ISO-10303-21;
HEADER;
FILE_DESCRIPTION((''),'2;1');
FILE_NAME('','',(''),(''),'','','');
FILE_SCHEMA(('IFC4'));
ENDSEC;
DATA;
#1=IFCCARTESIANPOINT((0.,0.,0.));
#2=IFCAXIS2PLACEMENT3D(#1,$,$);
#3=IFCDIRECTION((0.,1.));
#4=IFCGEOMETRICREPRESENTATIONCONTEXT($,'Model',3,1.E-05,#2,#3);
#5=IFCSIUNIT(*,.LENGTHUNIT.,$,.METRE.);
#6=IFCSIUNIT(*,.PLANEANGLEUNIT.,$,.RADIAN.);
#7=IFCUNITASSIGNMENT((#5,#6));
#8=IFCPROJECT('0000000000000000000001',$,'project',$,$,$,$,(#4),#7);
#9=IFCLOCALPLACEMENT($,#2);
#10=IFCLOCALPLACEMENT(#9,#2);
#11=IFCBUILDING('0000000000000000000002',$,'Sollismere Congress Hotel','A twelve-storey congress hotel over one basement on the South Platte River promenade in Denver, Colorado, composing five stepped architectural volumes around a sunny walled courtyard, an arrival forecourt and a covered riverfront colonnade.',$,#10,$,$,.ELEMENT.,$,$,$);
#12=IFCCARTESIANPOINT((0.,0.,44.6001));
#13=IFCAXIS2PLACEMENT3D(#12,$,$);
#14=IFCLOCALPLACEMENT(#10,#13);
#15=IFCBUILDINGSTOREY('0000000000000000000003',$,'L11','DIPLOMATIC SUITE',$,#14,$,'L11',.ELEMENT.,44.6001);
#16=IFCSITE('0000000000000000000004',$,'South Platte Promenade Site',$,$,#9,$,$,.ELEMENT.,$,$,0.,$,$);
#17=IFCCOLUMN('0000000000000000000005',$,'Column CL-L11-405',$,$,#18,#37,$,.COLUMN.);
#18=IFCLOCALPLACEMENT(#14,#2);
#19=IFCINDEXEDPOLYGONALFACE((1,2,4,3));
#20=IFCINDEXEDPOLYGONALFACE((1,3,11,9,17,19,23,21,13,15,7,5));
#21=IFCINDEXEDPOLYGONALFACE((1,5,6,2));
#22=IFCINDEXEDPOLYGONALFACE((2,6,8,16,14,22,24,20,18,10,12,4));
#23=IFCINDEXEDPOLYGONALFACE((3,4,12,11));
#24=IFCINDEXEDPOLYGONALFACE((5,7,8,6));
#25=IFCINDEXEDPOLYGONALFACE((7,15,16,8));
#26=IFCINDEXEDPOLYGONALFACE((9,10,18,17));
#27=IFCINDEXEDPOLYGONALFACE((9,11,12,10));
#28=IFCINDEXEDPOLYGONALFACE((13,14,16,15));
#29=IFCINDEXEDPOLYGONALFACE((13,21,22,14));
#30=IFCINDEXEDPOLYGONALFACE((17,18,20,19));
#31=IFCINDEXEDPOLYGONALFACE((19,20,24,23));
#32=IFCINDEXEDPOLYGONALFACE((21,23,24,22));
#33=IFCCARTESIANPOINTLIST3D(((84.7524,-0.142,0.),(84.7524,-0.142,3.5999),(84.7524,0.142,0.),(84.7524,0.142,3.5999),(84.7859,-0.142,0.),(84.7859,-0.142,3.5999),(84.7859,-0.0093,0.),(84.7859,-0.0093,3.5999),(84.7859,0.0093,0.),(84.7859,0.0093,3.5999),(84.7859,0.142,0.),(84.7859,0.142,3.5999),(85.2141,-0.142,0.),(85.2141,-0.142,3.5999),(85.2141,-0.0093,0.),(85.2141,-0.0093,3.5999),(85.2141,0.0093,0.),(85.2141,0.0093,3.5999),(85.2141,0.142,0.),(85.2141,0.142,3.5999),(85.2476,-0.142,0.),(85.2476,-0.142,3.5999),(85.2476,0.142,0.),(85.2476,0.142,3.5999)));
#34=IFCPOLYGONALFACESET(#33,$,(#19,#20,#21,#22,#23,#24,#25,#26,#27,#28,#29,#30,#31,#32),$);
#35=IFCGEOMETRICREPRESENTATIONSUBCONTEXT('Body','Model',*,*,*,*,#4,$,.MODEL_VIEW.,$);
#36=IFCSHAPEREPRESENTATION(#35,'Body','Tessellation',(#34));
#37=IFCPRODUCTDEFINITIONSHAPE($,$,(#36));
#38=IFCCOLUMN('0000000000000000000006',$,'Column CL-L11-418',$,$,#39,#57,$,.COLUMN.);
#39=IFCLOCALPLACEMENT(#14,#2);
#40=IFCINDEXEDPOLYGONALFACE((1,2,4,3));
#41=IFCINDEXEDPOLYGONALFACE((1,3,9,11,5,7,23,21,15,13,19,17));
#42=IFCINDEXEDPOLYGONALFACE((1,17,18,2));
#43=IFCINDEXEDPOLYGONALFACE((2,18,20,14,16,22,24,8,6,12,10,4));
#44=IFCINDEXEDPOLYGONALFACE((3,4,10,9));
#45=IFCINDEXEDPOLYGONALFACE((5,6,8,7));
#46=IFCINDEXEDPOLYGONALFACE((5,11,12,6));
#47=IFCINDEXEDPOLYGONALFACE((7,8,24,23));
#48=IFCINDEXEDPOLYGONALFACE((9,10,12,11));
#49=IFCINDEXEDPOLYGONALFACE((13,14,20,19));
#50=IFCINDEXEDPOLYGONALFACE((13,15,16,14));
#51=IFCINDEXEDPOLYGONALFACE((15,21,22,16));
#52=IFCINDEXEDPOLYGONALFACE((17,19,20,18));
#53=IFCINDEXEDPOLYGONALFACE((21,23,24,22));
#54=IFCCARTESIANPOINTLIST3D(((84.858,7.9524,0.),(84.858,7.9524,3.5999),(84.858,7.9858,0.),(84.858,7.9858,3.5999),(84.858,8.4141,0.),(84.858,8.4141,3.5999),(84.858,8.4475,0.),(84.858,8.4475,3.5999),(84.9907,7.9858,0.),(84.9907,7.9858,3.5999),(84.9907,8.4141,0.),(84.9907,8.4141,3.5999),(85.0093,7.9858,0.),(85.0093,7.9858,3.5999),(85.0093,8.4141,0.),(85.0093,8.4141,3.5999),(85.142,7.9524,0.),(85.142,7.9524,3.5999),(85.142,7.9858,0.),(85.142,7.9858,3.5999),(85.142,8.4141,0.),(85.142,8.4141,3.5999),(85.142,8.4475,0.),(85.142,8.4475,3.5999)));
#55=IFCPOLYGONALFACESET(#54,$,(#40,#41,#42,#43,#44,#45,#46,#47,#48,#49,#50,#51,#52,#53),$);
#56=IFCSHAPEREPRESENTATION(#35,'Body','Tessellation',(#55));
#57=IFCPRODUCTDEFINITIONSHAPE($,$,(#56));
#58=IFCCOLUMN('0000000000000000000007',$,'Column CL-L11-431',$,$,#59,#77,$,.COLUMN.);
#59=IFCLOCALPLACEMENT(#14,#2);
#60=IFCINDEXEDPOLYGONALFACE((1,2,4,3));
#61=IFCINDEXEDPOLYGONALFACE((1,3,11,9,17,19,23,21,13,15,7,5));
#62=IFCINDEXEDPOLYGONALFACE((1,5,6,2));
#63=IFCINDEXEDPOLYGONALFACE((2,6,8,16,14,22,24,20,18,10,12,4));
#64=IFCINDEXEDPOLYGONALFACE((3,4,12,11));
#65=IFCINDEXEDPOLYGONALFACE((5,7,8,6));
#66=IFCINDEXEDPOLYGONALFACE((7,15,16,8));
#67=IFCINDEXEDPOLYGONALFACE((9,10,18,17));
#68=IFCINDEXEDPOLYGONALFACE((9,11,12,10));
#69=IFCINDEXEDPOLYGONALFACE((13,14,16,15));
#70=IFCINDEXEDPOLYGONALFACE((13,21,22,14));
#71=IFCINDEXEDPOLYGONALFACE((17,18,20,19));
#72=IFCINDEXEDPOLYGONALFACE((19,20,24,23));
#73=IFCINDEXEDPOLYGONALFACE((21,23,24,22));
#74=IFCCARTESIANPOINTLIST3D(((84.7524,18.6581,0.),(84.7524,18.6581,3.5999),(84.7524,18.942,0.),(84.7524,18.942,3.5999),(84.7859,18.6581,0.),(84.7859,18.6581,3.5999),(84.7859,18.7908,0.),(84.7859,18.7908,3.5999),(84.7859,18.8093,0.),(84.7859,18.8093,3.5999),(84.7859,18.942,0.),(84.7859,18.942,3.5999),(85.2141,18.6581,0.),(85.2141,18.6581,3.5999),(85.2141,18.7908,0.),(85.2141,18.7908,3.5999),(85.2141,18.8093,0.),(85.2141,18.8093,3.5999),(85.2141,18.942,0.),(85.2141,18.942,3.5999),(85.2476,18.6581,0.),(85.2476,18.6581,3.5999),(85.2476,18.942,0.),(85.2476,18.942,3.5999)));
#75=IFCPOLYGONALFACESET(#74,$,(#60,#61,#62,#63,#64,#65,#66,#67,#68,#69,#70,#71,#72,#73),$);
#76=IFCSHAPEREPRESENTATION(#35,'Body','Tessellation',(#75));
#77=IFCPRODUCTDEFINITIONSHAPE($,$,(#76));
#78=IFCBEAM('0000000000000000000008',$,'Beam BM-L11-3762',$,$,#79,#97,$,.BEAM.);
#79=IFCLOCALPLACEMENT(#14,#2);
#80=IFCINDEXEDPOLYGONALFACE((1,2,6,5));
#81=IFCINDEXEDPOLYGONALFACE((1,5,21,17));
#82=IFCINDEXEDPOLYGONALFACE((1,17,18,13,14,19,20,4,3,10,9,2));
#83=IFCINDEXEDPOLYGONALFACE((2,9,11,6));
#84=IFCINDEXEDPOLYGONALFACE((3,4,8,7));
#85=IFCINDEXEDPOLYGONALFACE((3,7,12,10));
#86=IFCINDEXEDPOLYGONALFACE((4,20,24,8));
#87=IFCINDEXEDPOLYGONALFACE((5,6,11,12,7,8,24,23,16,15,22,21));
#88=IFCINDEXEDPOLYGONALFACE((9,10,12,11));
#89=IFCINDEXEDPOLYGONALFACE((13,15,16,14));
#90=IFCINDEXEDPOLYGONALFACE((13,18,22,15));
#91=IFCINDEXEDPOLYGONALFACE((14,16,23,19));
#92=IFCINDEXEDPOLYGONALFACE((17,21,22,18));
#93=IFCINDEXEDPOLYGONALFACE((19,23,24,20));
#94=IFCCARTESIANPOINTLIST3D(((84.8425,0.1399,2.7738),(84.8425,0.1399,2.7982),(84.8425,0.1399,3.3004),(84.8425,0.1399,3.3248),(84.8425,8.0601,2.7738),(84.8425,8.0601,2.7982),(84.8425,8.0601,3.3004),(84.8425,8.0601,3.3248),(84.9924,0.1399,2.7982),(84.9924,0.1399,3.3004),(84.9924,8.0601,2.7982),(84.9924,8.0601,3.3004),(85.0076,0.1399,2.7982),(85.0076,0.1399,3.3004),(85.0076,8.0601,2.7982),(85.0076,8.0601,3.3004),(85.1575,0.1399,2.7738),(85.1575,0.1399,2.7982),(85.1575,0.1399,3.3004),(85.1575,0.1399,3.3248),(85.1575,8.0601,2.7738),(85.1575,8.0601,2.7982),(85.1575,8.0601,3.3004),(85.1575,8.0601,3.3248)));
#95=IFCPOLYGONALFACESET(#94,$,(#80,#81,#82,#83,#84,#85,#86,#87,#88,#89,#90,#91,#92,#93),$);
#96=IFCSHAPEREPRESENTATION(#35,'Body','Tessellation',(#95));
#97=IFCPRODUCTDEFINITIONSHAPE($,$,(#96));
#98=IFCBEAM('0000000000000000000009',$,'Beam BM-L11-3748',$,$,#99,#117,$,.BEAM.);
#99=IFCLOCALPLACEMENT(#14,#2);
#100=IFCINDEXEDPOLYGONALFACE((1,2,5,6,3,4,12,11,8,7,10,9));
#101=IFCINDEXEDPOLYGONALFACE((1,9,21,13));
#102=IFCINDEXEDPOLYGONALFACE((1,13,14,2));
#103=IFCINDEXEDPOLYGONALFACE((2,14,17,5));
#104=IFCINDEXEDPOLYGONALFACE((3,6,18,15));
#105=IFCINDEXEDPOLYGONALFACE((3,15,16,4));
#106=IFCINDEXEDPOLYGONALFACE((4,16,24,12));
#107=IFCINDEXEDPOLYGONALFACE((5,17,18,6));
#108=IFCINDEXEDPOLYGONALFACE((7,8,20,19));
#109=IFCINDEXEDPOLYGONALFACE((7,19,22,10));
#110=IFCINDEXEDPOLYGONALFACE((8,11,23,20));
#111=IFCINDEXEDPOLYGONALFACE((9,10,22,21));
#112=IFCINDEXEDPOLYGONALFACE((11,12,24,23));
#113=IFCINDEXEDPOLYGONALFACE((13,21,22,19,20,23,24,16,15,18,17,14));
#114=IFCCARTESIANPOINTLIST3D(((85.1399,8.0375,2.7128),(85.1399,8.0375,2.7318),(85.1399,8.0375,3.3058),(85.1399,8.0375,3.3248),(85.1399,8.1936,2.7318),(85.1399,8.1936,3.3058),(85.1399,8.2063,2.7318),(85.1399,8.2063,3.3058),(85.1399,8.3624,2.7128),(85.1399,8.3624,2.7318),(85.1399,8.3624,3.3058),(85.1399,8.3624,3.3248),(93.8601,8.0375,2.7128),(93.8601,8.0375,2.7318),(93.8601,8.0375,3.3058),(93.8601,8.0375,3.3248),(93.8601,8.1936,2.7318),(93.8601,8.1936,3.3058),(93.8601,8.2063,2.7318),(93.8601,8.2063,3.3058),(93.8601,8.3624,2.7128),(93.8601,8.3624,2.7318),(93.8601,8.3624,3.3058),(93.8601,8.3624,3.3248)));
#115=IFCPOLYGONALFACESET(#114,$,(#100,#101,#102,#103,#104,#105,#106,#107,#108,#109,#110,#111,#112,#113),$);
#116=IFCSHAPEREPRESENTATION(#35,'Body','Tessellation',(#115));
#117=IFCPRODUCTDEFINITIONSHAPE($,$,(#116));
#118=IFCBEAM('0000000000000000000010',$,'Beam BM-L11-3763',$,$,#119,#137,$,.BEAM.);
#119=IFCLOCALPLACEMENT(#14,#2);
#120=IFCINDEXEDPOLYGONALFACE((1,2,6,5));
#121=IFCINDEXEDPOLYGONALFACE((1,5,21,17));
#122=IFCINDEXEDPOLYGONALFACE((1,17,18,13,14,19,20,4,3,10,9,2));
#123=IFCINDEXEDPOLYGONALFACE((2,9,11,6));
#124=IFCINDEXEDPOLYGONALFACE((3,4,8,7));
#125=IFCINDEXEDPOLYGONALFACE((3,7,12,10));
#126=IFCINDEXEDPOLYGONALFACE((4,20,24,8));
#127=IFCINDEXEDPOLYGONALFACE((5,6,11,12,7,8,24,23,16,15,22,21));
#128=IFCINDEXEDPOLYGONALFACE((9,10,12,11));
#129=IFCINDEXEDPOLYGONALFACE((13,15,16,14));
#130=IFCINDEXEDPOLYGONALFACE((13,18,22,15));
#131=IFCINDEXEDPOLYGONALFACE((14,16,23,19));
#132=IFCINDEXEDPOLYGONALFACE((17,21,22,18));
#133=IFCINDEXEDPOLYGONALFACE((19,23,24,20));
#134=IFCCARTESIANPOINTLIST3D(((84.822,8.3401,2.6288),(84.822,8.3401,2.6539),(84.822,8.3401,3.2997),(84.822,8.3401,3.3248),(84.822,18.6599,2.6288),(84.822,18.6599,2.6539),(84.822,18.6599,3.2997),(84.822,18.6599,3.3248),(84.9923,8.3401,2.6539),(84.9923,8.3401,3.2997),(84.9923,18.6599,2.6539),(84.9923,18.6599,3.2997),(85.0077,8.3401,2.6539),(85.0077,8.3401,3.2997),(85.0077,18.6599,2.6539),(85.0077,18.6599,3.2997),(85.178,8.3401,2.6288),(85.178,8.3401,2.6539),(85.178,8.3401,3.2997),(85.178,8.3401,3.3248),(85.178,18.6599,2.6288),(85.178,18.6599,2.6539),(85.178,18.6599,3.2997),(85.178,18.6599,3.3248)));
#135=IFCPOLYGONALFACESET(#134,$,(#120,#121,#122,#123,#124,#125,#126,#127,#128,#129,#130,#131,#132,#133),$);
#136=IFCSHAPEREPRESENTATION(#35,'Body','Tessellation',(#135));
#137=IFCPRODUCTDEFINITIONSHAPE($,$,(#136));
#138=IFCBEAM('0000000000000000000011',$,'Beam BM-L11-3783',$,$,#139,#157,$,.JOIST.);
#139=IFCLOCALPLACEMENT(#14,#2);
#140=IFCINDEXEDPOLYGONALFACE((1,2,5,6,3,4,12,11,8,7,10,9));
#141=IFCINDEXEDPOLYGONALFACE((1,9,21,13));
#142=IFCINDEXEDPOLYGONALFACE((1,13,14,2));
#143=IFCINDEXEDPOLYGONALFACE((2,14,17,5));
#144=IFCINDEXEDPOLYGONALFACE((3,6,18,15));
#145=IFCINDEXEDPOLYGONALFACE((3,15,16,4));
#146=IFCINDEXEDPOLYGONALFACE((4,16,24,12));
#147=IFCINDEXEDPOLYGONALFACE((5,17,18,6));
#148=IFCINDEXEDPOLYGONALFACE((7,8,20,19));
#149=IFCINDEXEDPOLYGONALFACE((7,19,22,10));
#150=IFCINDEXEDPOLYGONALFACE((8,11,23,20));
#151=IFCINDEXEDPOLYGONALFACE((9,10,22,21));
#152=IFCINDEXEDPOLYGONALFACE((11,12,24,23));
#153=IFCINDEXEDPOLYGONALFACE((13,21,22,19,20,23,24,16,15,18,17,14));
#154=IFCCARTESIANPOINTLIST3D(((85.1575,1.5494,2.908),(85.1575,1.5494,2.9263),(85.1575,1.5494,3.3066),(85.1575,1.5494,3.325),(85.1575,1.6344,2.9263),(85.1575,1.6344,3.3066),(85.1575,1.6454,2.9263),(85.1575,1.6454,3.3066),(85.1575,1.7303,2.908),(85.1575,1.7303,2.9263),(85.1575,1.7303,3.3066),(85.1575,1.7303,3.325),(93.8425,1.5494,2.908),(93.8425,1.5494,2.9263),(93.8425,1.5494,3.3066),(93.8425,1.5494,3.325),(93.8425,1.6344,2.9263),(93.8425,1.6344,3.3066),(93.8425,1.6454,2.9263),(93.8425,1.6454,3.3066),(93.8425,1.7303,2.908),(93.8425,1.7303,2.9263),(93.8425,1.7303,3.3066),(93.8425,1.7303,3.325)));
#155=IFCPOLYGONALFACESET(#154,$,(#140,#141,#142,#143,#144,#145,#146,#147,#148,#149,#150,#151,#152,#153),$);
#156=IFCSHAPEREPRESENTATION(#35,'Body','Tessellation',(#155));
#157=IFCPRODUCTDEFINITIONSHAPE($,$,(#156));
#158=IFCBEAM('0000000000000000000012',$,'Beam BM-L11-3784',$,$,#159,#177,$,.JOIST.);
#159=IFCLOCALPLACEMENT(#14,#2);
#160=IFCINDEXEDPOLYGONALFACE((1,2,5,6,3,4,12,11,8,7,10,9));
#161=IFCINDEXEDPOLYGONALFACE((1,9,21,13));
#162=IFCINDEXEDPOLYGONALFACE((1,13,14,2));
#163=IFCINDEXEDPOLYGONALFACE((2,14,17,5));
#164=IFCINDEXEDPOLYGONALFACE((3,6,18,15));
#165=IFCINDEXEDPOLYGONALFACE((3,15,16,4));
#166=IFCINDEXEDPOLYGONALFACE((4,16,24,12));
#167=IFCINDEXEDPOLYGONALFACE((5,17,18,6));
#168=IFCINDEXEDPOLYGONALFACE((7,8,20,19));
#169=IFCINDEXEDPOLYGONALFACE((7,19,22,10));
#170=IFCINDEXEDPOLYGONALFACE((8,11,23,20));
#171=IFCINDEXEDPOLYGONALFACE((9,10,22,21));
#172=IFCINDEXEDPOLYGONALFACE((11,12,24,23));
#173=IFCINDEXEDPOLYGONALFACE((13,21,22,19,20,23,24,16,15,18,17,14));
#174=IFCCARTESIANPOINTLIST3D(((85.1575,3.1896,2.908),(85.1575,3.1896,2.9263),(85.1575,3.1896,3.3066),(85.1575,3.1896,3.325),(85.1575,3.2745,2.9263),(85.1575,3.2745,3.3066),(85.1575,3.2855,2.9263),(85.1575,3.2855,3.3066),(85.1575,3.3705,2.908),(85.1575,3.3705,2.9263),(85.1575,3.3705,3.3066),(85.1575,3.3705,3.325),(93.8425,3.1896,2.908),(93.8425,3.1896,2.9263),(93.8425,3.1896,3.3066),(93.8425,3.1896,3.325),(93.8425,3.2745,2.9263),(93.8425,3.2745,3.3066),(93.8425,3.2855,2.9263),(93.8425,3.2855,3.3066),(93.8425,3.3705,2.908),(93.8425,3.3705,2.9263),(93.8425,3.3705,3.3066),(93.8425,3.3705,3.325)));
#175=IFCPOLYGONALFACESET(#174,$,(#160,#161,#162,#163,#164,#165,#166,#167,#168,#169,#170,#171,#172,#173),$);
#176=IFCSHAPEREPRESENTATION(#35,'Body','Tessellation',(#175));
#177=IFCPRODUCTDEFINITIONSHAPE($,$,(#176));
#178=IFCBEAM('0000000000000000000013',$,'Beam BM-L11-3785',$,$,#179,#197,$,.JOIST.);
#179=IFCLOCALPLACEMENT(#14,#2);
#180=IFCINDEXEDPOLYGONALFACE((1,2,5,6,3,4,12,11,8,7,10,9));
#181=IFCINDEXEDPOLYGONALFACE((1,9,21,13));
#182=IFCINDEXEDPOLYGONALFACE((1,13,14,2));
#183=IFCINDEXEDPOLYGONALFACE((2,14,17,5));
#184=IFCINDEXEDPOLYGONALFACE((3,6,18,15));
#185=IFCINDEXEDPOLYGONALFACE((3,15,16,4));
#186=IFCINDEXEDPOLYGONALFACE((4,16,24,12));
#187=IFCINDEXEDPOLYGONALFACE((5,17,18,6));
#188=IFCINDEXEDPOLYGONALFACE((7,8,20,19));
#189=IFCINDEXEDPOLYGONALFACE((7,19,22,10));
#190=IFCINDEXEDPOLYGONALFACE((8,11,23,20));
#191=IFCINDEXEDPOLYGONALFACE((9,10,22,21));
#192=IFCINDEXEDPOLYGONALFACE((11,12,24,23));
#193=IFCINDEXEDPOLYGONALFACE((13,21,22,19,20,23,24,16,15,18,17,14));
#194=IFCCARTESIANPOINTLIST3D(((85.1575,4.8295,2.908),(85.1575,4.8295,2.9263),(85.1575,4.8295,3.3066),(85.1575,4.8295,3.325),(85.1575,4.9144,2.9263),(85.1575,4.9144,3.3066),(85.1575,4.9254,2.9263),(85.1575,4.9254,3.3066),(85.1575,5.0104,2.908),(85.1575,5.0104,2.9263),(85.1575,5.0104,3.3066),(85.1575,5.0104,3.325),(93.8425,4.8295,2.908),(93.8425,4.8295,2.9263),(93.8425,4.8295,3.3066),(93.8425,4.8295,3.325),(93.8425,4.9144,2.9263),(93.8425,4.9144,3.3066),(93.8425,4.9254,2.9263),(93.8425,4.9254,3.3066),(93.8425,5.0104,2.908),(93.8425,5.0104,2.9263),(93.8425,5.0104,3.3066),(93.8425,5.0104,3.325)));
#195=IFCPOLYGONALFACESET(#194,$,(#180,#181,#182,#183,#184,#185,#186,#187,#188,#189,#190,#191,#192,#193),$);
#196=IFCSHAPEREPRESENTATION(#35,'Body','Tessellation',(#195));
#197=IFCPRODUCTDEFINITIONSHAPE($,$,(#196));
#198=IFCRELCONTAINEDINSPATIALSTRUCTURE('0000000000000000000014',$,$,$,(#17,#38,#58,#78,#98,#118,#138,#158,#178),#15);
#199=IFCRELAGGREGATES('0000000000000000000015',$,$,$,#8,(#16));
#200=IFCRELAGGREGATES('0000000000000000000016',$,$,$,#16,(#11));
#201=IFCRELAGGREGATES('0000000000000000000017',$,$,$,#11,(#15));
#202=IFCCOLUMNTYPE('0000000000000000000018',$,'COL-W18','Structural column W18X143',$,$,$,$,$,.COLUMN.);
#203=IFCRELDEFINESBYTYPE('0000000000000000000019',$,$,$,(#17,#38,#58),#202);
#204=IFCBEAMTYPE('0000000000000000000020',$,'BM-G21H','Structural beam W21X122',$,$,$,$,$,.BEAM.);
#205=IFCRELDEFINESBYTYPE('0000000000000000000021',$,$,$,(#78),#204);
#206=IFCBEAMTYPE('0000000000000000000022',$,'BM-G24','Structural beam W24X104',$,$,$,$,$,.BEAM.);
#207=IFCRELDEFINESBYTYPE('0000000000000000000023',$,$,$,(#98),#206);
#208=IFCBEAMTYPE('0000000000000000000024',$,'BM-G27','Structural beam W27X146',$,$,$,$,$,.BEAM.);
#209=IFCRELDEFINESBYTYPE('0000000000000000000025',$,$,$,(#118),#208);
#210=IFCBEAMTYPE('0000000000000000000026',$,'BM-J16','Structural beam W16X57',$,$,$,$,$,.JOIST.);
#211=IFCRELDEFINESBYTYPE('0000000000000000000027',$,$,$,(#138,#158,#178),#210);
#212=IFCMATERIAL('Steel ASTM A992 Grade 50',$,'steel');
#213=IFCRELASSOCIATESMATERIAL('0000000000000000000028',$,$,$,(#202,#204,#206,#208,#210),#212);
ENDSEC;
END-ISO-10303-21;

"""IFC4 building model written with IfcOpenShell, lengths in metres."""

from ifc_helpers import new_model, si_unit, direction, frame, origin, origin_2d, place, context, subcontext, project, spatial, i_section, extrude, material, material_profile, profile_set, type_object, element, save


model = new_model("IFC4")

# Units and contexts
model_context = context("Model", 3, precision=1e-05, world=origin(), true_north=direction((0.0, 1.0)))
body_context = subcontext(model_context, "Body", "Model", "MODEL_VIEW")
ifc_project = project(units=[si_unit("LENGTHUNIT", "METRE"), si_unit("PLANEANGLEUNIT", "RADIAN")], contexts=[model_context])

# Site, building, storey
site_placement = place(None, origin())
site = spatial("IfcSite", under=ifc_project, at=site_placement, Name="South Platte Promenade Site", CompositionType="ELEMENT", RefElevation=0.0)
building_placement = place(site_placement, origin())
building = spatial("IfcBuilding", under=site, at=building_placement, Name="Sollismere Congress Hotel", Description="A twelve-storey congress hotel over one basement on the South Platte River promenade in Denver, Colorado, composing five stepped architectural volumes around a sunny walled courtyard, an arrival forecourt and a covered riverfront colonnade.", CompositionType="ELEMENT")
storey_placement = place(building_placement, frame((0.0, 0.0, 44.6001)))
storey = spatial("IfcBuildingStorey", under=building, at=storey_placement, Name="L11", Description="DIPLOMATIC SUITE", LongName="L11", CompositionType="ELEMENT", Elevation=44.6001)

# Columns
ifc_material_1 = material(Name="Steel ASTM A992 Grade 50", Category="steel")
ifc_material_profile_1 = material_profile(ifc_material_1, i_section(OverallWidth=0.2839, OverallDepth=0.4951, WebThickness=0.0186, FlangeThickness=0.0334, at=origin_2d()), Name="W18X143")
ifc_profile_set_1 = profile_set([ifc_material_profile_1], Name="Steel ASTM A992 Grade 50")
column_type = type_object("IfcColumnType", Name="COL-W18", Description="Structural column W18X143", PredefinedType="COLUMN", material=ifc_profile_set_1)
for number, where, z_axis, x_axis, name in (
    (1, (85.0, 0.0, 0.0), (0.0, 0.0, 1.0), (0.0, 1.0, 0.0), "Column CL-L11-405"),
    (2, (85.0, 8.2, 0.0), (0.0, 0.0, 1.0), (1.0, 0.0, 0.0), "Column CL-L11-418"),
    (3, (85.0, 18.8, 0.0), (0.0, 0.0, 1.0), (0.0, 1.0, 0.0), "Column CL-L11-431"),
):
    element("IfcColumn", number, at=place(storey_placement, frame(where, z_axis=z_axis, x_axis=x_axis)), inside=storey, type_object=column_type, Name=name, PredefinedType="COLUMN", context=body_context, shape_type="SweptSolid", body=[
        extrude(i_section(OverallWidth=0.2839, OverallDepth=0.4951, WebThickness=0.0186, FlangeThickness=0.0334, at=origin_2d()), origin(), (0.0, 0.0, 1.0), 3.5999),
    ])

# Beams
ifc_material_profile_2 = material_profile(ifc_material_1, i_section(OverallWidth=0.3149, OverallDepth=0.551, WebThickness=0.0151, FlangeThickness=0.0244, at=origin_2d()), Name="W21X122")
ifc_profile_set_2 = profile_set([ifc_material_profile_2], Name="Steel ASTM A992 Grade 50")
beam_type_1 = type_object("IfcBeamType", Name="BM-G21H", Description="Structural beam W21X122", PredefinedType="BEAM", material=ifc_profile_set_2)
beam_1_placement = place(storey_placement, frame((85.0, 0.1399, 3.0493), z_axis=(0.0, 1.0, 0.0), x_axis=(-1.0, 0.0, 0.0)))
element("IfcBeam", 4, at=beam_1_placement, inside=storey, type_object=beam_type_1, Name="Beam BM-L11-3762", PredefinedType="BEAM", context=body_context, shape_type="SweptSolid", body=[
    extrude(i_section(OverallWidth=0.3149, OverallDepth=0.551, WebThickness=0.0151, FlangeThickness=0.0244, at=origin_2d()), origin(), (0.0, 0.0, 1.0), 7.9202),
])
ifc_material_profile_3 = material_profile(ifc_material_1, i_section(OverallWidth=0.325, OverallDepth=0.6121, WebThickness=0.0127, FlangeThickness=0.019, at=origin_2d()), Name="W24X104")
ifc_profile_set_3 = profile_set([ifc_material_profile_3], Name="Steel ASTM A992 Grade 50")
beam_type_2 = type_object("IfcBeamType", Name="BM-G24", Description="Structural beam W24X104", PredefinedType="BEAM", material=ifc_profile_set_3)
beam_2_placement = place(storey_placement, frame((85.1399, 8.2, 3.0188), z_axis=(1.0, 0.0, 0.0), x_axis=(0.0, 1.0, 0.0)))
element("IfcBeam", 5, at=beam_2_placement, inside=storey, type_object=beam_type_2, Name="Beam BM-L11-3748", PredefinedType="BEAM", context=body_context, shape_type="SweptSolid", body=[
    extrude(i_section(OverallWidth=0.325, OverallDepth=0.6121, WebThickness=0.0127, FlangeThickness=0.019, at=origin_2d()), origin(), (0.0, 0.0, 1.0), 8.7202),
])
ifc_material_profile_4 = material_profile(ifc_material_1, i_section(OverallWidth=0.356, OverallDepth=0.696, WebThickness=0.0154, FlangeThickness=0.0251, at=origin_2d()), Name="W27X146")
ifc_profile_set_4 = profile_set([ifc_material_profile_4], Name="Steel ASTM A992 Grade 50")
beam_type_3 = type_object("IfcBeamType", Name="BM-G27", Description="Structural beam W27X146", PredefinedType="BEAM", material=ifc_profile_set_4)
beam_3_placement = place(storey_placement, frame((85.0, 8.3401, 2.9768), z_axis=(0.0, 1.0, 0.0), x_axis=(-1.0, 0.0, 0.0)))
element("IfcBeam", 6, at=beam_3_placement, inside=storey, type_object=beam_type_3, Name="Beam BM-L11-3763", PredefinedType="BEAM", context=body_context, shape_type="SweptSolid", body=[
    extrude(i_section(OverallWidth=0.356, OverallDepth=0.696, WebThickness=0.0154, FlangeThickness=0.0251, at=origin_2d()), origin(), (0.0, 0.0, 1.0), 10.3198),
])
ifc_material_profile_5 = material_profile(ifc_material_1, i_section(OverallWidth=0.1809, OverallDepth=0.417, WebThickness=0.011, FlangeThickness=0.0183, at=origin_2d()), Name="W16X57")
ifc_profile_set_5 = profile_set([ifc_material_profile_5], Name="Steel ASTM A992 Grade 50")
beam_type_4 = type_object("IfcBeamType", Name="BM-J16", Description="Structural beam W16X57", PredefinedType="JOIST", material=ifc_profile_set_5)
for number, where, z_axis, x_axis, name in (
    (7, (85.1575, 1.6399, 3.1165), (1.0, 0.0, 0.0), (0.0, 1.0, 0.0), "Beam BM-L11-3783"),
    (8, (85.1575, 3.28, 3.1165), (1.0, 0.0, 0.0), (0.0, 1.0, 0.0), "Beam BM-L11-3784"),
    (9, (85.1575, 4.9199, 3.1165), (1.0, 0.0, 0.0), (0.0, 1.0, 0.0), "Beam BM-L11-3785"),
):
    element("IfcBeam", number, at=place(storey_placement, frame(where, z_axis=z_axis, x_axis=x_axis)), inside=storey, type_object=beam_type_4, Name=name, PredefinedType="JOIST", context=body_context, shape_type="SweptSolid", body=[
        extrude(i_section(OverallWidth=0.1809, OverallDepth=0.417, WebThickness=0.011, FlangeThickness=0.0183, at=origin_2d()), origin(), (0.0, 0.0, 1.0), 8.6851),
    ])

save(model, "model.ifc")
